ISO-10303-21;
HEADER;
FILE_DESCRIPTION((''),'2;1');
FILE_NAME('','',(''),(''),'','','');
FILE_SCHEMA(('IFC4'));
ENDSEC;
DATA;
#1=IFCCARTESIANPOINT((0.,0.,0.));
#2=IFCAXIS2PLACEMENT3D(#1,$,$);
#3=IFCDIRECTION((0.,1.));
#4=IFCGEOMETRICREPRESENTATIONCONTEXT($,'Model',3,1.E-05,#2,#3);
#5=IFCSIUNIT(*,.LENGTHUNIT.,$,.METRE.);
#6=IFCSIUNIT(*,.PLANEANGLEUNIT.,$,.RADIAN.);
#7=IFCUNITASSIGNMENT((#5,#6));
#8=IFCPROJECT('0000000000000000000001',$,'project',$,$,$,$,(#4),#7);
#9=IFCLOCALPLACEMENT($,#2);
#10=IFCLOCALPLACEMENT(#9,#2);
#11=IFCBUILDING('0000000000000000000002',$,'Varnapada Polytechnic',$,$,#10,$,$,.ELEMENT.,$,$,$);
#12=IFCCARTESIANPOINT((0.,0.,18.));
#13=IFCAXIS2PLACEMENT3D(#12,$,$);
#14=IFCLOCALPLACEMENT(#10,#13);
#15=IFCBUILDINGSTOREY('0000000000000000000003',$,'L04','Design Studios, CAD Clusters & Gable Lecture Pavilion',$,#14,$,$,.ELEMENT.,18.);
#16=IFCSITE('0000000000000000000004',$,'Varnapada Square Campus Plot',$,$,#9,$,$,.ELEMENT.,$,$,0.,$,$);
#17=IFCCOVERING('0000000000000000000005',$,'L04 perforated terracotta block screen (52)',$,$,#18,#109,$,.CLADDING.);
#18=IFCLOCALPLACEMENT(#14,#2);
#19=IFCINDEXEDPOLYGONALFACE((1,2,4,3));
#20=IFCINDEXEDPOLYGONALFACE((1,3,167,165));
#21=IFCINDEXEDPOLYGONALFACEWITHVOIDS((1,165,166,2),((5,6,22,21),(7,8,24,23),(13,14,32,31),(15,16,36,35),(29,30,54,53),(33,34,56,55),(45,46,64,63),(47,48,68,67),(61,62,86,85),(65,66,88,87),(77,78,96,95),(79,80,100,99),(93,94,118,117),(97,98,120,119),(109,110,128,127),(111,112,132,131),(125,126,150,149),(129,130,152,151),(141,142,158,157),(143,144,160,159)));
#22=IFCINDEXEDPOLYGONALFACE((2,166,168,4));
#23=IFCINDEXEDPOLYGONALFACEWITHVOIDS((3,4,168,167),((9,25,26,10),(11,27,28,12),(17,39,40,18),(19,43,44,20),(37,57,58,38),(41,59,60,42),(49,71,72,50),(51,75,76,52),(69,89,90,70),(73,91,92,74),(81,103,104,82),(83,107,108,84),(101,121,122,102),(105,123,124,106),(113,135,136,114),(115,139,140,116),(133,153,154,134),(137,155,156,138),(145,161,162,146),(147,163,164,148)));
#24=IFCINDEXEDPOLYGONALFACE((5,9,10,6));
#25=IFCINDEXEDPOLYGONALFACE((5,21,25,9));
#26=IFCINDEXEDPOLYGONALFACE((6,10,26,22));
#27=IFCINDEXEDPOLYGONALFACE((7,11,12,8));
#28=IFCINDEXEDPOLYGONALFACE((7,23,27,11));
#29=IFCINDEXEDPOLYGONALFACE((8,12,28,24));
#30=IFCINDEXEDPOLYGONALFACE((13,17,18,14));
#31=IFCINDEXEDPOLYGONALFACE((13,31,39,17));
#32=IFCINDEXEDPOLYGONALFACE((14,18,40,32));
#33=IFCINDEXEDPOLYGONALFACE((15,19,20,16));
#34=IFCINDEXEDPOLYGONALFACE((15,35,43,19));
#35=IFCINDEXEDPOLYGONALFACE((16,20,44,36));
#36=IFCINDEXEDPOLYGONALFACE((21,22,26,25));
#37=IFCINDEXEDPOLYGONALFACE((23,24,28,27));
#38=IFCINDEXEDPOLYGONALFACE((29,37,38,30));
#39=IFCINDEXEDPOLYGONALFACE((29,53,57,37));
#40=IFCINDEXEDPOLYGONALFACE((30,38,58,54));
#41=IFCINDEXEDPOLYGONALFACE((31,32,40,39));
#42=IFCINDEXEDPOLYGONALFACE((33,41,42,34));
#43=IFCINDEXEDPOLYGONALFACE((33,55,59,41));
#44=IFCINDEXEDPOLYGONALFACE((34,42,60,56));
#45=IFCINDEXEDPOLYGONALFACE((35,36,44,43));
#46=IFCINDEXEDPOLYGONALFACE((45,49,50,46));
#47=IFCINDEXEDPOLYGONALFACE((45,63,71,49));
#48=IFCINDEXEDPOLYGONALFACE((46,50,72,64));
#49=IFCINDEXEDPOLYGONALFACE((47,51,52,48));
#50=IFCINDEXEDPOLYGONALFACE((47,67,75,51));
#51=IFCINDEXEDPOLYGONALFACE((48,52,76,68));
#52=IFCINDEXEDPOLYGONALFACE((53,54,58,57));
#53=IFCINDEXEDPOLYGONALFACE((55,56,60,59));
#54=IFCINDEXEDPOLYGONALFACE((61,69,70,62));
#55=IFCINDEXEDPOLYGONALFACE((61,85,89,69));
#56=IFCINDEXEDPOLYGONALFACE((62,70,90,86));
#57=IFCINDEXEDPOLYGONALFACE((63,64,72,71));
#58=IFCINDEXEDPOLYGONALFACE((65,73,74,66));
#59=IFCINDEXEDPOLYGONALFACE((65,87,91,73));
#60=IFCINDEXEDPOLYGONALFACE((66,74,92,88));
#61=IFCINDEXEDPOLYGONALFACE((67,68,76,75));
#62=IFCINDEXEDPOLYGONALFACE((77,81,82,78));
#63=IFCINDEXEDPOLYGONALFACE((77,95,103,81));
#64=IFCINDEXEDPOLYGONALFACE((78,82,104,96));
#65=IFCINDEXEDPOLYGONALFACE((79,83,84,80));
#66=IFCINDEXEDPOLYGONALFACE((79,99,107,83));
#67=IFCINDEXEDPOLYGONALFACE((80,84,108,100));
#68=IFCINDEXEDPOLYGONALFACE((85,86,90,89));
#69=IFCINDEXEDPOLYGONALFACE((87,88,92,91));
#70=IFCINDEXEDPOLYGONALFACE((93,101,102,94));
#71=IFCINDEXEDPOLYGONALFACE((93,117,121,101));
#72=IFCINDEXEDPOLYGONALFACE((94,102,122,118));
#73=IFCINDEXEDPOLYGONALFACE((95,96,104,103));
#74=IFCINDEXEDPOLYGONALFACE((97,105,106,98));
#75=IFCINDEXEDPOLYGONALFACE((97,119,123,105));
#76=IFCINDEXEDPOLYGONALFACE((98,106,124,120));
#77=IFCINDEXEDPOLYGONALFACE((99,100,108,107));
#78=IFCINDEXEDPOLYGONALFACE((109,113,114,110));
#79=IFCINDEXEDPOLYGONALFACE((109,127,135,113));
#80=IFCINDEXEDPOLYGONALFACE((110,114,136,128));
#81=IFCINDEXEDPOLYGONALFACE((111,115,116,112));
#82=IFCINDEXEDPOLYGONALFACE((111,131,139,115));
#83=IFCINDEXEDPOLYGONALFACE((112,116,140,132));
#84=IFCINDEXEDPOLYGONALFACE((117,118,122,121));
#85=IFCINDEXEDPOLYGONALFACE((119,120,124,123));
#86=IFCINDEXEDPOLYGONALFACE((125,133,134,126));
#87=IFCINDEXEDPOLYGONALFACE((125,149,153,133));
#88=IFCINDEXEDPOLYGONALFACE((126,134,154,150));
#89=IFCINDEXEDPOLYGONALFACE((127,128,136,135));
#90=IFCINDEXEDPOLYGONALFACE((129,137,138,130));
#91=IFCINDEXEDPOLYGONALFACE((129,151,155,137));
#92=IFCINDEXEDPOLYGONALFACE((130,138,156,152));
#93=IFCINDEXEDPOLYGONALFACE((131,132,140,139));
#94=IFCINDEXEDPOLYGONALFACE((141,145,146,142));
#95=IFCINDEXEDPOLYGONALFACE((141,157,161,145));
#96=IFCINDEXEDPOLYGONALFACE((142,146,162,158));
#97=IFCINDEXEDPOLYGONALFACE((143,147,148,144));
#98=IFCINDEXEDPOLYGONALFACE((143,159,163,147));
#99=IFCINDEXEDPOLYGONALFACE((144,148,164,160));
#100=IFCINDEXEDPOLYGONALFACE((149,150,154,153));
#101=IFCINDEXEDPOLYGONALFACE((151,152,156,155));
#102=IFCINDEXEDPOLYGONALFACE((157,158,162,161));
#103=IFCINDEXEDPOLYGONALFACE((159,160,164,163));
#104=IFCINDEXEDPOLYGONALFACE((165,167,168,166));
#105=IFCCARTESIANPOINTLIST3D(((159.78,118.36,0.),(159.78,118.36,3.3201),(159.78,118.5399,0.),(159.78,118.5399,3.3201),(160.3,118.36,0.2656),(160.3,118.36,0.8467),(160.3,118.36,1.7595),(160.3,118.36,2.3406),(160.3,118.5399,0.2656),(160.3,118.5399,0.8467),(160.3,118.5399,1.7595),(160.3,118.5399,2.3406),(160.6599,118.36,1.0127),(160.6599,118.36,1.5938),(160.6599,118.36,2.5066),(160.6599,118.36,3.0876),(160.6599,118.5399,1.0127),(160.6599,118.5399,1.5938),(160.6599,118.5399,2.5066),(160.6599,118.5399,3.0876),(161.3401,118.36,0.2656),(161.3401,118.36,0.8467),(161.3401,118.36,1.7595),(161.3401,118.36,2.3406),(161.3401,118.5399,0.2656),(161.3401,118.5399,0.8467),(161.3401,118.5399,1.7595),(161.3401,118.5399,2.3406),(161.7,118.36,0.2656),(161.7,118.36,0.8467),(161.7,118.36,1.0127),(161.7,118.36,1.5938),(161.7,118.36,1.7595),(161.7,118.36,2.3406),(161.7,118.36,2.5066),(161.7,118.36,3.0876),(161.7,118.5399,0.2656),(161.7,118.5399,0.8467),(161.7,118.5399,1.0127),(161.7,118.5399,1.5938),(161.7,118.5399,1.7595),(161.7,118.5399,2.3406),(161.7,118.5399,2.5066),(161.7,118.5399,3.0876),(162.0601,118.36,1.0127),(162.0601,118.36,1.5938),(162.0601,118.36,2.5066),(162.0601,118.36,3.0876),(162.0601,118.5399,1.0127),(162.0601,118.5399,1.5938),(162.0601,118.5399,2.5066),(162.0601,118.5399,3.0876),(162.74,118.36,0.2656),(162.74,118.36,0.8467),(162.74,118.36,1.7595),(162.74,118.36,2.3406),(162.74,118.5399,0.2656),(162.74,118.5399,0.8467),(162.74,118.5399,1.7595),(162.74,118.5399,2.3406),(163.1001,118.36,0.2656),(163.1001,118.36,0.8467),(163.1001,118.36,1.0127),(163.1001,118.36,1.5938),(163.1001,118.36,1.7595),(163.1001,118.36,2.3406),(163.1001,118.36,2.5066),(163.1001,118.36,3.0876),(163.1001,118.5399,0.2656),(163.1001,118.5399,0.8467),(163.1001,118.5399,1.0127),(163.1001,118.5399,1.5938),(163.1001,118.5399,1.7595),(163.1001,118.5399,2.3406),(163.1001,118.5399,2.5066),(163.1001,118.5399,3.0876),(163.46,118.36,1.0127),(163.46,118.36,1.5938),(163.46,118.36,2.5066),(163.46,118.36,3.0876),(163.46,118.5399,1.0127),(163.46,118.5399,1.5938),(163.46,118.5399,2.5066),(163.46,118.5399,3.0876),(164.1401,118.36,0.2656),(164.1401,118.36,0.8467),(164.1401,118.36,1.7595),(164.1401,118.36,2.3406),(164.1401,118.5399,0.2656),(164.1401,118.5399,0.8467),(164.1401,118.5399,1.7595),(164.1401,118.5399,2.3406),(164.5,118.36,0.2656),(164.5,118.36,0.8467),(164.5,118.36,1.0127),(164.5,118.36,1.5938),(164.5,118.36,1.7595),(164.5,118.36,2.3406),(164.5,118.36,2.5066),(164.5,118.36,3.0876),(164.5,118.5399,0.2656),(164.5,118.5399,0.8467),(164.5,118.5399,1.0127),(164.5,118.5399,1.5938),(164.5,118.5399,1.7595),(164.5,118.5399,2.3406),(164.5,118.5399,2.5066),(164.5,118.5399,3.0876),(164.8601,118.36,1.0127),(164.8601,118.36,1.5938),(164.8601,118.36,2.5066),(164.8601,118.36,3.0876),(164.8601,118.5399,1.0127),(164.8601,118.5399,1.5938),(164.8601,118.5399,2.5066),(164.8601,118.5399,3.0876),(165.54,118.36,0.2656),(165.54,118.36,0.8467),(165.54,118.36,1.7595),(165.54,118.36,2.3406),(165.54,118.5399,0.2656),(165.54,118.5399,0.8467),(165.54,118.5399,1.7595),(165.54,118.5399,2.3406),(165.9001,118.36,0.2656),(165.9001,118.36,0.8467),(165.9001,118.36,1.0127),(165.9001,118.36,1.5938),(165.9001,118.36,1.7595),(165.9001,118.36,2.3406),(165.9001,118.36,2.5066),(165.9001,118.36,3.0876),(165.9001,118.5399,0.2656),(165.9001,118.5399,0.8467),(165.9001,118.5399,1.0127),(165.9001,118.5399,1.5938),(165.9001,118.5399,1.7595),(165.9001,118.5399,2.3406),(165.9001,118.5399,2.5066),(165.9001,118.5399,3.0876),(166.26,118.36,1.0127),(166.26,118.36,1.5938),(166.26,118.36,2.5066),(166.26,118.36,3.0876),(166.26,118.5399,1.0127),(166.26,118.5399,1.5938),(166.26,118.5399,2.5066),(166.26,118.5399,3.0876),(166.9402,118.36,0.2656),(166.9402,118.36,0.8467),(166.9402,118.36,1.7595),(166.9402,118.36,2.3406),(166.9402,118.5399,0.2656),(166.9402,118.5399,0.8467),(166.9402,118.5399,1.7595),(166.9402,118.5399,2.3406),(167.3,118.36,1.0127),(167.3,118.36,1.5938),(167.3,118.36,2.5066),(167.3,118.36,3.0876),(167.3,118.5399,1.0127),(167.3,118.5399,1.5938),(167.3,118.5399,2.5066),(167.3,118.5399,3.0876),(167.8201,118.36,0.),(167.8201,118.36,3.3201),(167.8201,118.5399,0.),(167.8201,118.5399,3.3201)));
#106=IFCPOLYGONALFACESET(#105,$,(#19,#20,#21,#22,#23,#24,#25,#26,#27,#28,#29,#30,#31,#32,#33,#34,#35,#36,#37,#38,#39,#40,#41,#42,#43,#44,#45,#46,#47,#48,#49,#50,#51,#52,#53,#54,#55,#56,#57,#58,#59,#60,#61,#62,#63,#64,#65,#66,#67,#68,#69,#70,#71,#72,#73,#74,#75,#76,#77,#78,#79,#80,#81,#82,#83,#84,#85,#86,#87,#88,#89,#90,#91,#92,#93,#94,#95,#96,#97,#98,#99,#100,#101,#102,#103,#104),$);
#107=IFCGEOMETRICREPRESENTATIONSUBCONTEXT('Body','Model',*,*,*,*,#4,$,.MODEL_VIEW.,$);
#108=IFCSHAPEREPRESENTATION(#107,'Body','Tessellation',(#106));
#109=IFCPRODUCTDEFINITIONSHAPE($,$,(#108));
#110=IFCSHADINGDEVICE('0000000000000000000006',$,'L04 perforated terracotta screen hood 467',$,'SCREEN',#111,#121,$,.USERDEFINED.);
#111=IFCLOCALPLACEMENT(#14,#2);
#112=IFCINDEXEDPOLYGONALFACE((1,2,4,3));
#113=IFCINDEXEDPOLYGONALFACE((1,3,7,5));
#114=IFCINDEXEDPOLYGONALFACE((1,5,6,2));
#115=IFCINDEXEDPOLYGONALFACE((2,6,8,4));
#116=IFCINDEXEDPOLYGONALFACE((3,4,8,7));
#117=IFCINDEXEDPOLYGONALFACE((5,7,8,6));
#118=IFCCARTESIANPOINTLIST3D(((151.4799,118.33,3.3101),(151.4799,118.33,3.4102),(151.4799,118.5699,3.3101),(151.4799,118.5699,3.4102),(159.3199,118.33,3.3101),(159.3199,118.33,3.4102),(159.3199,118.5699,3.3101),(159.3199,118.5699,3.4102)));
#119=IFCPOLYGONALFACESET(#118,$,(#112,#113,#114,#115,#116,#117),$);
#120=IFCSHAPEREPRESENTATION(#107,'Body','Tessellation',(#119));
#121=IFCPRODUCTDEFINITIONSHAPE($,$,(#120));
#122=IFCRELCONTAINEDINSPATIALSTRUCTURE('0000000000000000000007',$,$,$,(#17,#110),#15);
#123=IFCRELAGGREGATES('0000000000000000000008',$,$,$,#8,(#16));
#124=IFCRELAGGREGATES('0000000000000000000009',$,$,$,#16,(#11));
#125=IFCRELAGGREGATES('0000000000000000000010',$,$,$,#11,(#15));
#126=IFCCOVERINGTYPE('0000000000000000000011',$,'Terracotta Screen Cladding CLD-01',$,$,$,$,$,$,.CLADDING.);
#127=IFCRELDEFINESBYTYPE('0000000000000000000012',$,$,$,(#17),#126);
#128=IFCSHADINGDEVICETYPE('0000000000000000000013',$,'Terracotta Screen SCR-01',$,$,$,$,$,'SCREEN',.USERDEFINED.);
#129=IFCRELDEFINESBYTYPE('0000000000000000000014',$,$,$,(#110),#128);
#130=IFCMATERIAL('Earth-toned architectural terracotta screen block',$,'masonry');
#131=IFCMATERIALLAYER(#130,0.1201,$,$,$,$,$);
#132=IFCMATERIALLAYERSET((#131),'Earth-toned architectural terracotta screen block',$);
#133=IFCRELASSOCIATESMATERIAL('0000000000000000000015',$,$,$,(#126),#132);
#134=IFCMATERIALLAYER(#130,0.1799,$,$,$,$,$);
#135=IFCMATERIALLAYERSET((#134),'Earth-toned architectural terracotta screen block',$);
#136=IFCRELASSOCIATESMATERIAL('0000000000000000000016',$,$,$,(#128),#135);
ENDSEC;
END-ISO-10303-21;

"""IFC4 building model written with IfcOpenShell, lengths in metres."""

from ifc_helpers import new_model, si_unit, direction, frame, frame_2d, origin, origin_2d, place, context, subcontext, project, spatial, rectangle, extrude, material, layer, layer_set, type_object, element, save


model = new_model("IFC4")

# Units and contexts
model_context = context("Model", 3, precision=1e-05, world=origin(), true_north=direction((0.0, 1.0)))
body_context = subcontext(model_context, "Body", "Model", "MODEL_VIEW")
ifc_project = project(units=[si_unit("LENGTHUNIT", "METRE"), si_unit("PLANEANGLEUNIT", "RADIAN")], contexts=[model_context])

# Site, building, storey
site_placement = place(None, origin())
site = spatial("IfcSite", under=ifc_project, at=site_placement, Name="Varnapada Square Campus Plot", CompositionType="ELEMENT", RefElevation=0.0)
building_placement = place(site_placement, origin())
building = spatial("IfcBuilding", under=site, at=building_placement, Name="Varnapada Polytechnic", CompositionType="ELEMENT")
storey_placement = place(building_placement, frame((0.0, 0.0, 18.0)))
storey = spatial("IfcBuildingStorey", under=building, at=storey_placement, Name="L04", Description="Design Studios, CAD Clusters & Gable Lecture Pavilion", CompositionType="ELEMENT", Elevation=18.0)

# Covering, openings
ifc_material_1 = material(Name="Earth-toned architectural terracotta screen block", Category="masonry")
ifc_layer_1 = layer(ifc_material_1, 0.1201)
ifc_layer_set_1 = layer_set([ifc_layer_1], Name="Earth-toned architectural terracotta screen block")
covering_type_1 = type_object("IfcCoveringType", Name="Terracotta Screen Cladding CLD-01", PredefinedType="CLADDING", material=ifc_layer_set_1)
covering_1_placement = place(storey_placement, frame((159.78, 118.45, 0.0), z_axis=(0.0, 0.0, 1.0), x_axis=(1.0, 0.0, 0.0)))
covering_1 = element("IfcCovering", 1, at=covering_1_placement, inside=storey, type_object=covering_type_1, Name="L04 perforated terracotta block screen (52)", PredefinedType="CLADDING", context=body_context, shape_type="SweptSolid", body=[
    extrude(rectangle(XDim=8.04, YDim=0.1799, at=frame_2d((4.02, 0.0))), origin(), (0.0, 0.0, 1.0), 3.3201),
])
opening_1_placement = place(covering_1_placement, frame((0.52, 0.0, 0.2656)))
element("IfcOpeningElement", 2, at=opening_1_placement, cuts=covering_1, PredefinedType="OPENING", context=body_context, shape_type="SweptSolid", body=[
    extrude(rectangle(XDim=1.04, YDim=0.5811, at=frame_2d((0.52, 0.2905))), frame((0.0, 0.0999, 0.0), z_axis=(0.0, -1.0, 0.0), x_axis=(1.0, 0.0, 0.0)), (0.0, 0.0, 1.0), 0.2),
])
opening_2_placement = place(covering_1_placement, frame((1.9199, 0.0, 0.2656)))
element("IfcOpeningElement", 3, at=opening_2_placement, cuts=covering_1, PredefinedType="OPENING", context=body_context, shape_type="SweptSolid", body=[
    extrude(rectangle(XDim=1.04, YDim=0.5811, at=frame_2d((0.52, 0.2905))), frame((0.0, 0.0999, 0.0), z_axis=(0.0, -1.0, 0.0), x_axis=(1.0, 0.0, 0.0)), (0.0, 0.0, 1.0), 0.2),
])
opening_3_placement = place(covering_1_placement, frame((3.3201, 0.0, 0.2656)))
element("IfcOpeningElement", 4, at=opening_3_placement, cuts=covering_1, PredefinedType="OPENING", context=body_context, shape_type="SweptSolid", body=[
    extrude(rectangle(XDim=1.04, YDim=0.5811, at=frame_2d((0.52, 0.2905))), frame((0.0, 0.0999, 0.0), z_axis=(0.0, -1.0, 0.0), x_axis=(1.0, 0.0, 0.0)), (0.0, 0.0, 1.0), 0.2),
])
opening_4_placement = place(covering_1_placement, frame((4.72, 0.0, 0.2656)))
element("IfcOpeningElement", 5, at=opening_4_placement, cuts=covering_1, PredefinedType="OPENING", context=body_context, shape_type="SweptSolid", body=[
    extrude(rectangle(XDim=1.04, YDim=0.5811, at=frame_2d((0.52, 0.2905))), frame((0.0, 0.0999, 0.0), z_axis=(0.0, -1.0, 0.0), x_axis=(1.0, 0.0, 0.0)), (0.0, 0.0, 1.0), 0.2),
])
opening_5_placement = place(covering_1_placement, frame((6.1201, 0.0, 0.2656)))
element("IfcOpeningElement", 6, at=opening_5_placement, cuts=covering_1, PredefinedType="OPENING", context=body_context, shape_type="SweptSolid", body=[
    extrude(rectangle(XDim=1.04, YDim=0.5811, at=frame_2d((0.52, 0.2905))), frame((0.0, 0.0999, 0.0), z_axis=(0.0, -1.0, 0.0), x_axis=(1.0, 0.0, 0.0)), (0.0, 0.0, 1.0), 0.2),
])
opening_6_placement = place(covering_1_placement, frame((0.8799, 0.0, 1.0127)))
element("IfcOpeningElement", 7, at=opening_6_placement, cuts=covering_1, PredefinedType="OPENING", context=body_context, shape_type="SweptSolid", body=[
    extrude(rectangle(XDim=1.04, YDim=0.5811, at=frame_2d((0.52, 0.2905))), frame((0.0, 0.0999, 0.0), z_axis=(0.0, -1.0, 0.0), x_axis=(1.0, 0.0, 0.0)), (0.0, 0.0, 1.0), 0.2),
])
opening_7_placement = place(covering_1_placement, frame((2.28, 0.0, 1.0127)))
element("IfcOpeningElement", 8, at=opening_7_placement, cuts=covering_1, PredefinedType="OPENING", context=body_context, shape_type="SweptSolid", body=[
    extrude(rectangle(XDim=1.04, YDim=0.5811, at=frame_2d((0.52, 0.2905))), frame((0.0, 0.0999, 0.0), z_axis=(0.0, -1.0, 0.0), x_axis=(1.0, 0.0, 0.0)), (0.0, 0.0, 1.0), 0.2),
])
opening_8_placement = place(covering_1_placement, frame((3.6799, 0.0, 1.0127)))
element("IfcOpeningElement", 9, at=opening_8_placement, cuts=covering_1, PredefinedType="OPENING", context=body_context, shape_type="SweptSolid", body=[
    extrude(rectangle(XDim=1.04, YDim=0.5811, at=frame_2d((0.52, 0.2905))), frame((0.0, 0.0999, 0.0), z_axis=(0.0, -1.0, 0.0), x_axis=(1.0, 0.0, 0.0)), (0.0, 0.0, 1.0), 0.2),
])
opening_9_placement = place(covering_1_placement, frame((5.0801, 0.0, 1.0127)))
element("IfcOpeningElement", 10, at=opening_9_placement, cuts=covering_1, PredefinedType="OPENING", context=body_context, shape_type="SweptSolid", body=[
    extrude(rectangle(XDim=1.04, YDim=0.5811, at=frame_2d((0.52, 0.2905))), frame((0.0, 0.0999, 0.0), z_axis=(0.0, -1.0, 0.0), x_axis=(1.0, 0.0, 0.0)), (0.0, 0.0, 1.0), 0.2),
])
opening_10_placement = place(covering_1_placement, frame((6.48, 0.0, 1.0127)))
element("IfcOpeningElement", 11, at=opening_10_placement, cuts=covering_1, PredefinedType="OPENING", context=body_context, shape_type="SweptSolid", body=[
    extrude(rectangle(XDim=1.04, YDim=0.5811, at=frame_2d((0.52, 0.2905))), frame((0.0, 0.0999, 0.0), z_axis=(0.0, -1.0, 0.0), x_axis=(1.0, 0.0, 0.0)), (0.0, 0.0, 1.0), 0.2),
])
opening_11_placement = place(covering_1_placement, frame((0.52, 0.0, 1.7595)))
element("IfcOpeningElement", 12, at=opening_11_placement, cuts=covering_1, PredefinedType="OPENING", context=body_context, shape_type="SweptSolid", body=[
    extrude(rectangle(XDim=1.04, YDim=0.5811, at=frame_2d((0.52, 0.2905))), frame((0.0, 0.0999, 0.0), z_axis=(0.0, -1.0, 0.0), x_axis=(1.0, 0.0, 0.0)), (0.0, 0.0, 1.0), 0.2),
])
opening_12_placement = place(covering_1_placement, frame((1.9199, 0.0, 1.7595)))
element("IfcOpeningElement", 13, at=opening_12_placement, cuts=covering_1, PredefinedType="OPENING", context=body_context, shape_type="SweptSolid", body=[
    extrude(rectangle(XDim=1.04, YDim=0.5811, at=frame_2d((0.52, 0.2905))), frame((0.0, 0.0999, 0.0), z_axis=(0.0, -1.0, 0.0), x_axis=(1.0, 0.0, 0.0)), (0.0, 0.0, 1.0), 0.2),
])
opening_13_placement = place(covering_1_placement, frame((3.3201, 0.0, 1.7595)))
element("IfcOpeningElement", 14, at=opening_13_placement, cuts=covering_1, PredefinedType="OPENING", context=body_context, shape_type="SweptSolid", body=[
    extrude(rectangle(XDim=1.04, YDim=0.5811, at=frame_2d((0.52, 0.2905))), frame((0.0, 0.0999, 0.0), z_axis=(0.0, -1.0, 0.0), x_axis=(1.0, 0.0, 0.0)), (0.0, 0.0, 1.0), 0.2),
])
opening_14_placement = place(covering_1_placement, frame((4.72, 0.0, 1.7595)))
element("IfcOpeningElement", 15, at=opening_14_placement, cuts=covering_1, PredefinedType="OPENING", context=body_context, shape_type="SweptSolid", body=[
    extrude(rectangle(XDim=1.04, YDim=0.5811, at=frame_2d((0.52, 0.2905))), frame((0.0, 0.0999, 0.0), z_axis=(0.0, -1.0, 0.0), x_axis=(1.0, 0.0, 0.0)), (0.0, 0.0, 1.0), 0.2),
])
opening_15_placement = place(covering_1_placement, frame((6.1201, 0.0, 1.7595)))
element("IfcOpeningElement", 16, at=opening_15_placement, cuts=covering_1, PredefinedType="OPENING", context=body_context, shape_type="SweptSolid", body=[
    extrude(rectangle(XDim=1.04, YDim=0.5811, at=frame_2d((0.52, 0.2905))), frame((0.0, 0.0999, 0.0), z_axis=(0.0, -1.0, 0.0), x_axis=(1.0, 0.0, 0.0)), (0.0, 0.0, 1.0), 0.2),
])
opening_16_placement = place(covering_1_placement, frame((0.8799, 0.0, 2.5066)))
element("IfcOpeningElement", 17, at=opening_16_placement, cuts=covering_1, PredefinedType="OPENING", context=body_context, shape_type="SweptSolid", body=[
    extrude(rectangle(XDim=1.04, YDim=0.5811, at=frame_2d((0.52, 0.2905))), frame((0.0, 0.0999, 0.0), z_axis=(0.0, -1.0, 0.0), x_axis=(1.0, 0.0, 0.0)), (0.0, 0.0, 1.0), 0.2),
])
opening_17_placement = place(covering_1_placement, frame((2.28, 0.0, 2.5066)))
element("IfcOpeningElement", 18, at=opening_17_placement, cuts=covering_1, PredefinedType="OPENING", context=body_context, shape_type="SweptSolid", body=[
    extrude(rectangle(XDim=1.04, YDim=0.5811, at=frame_2d((0.52, 0.2905))), frame((0.0, 0.0999, 0.0), z_axis=(0.0, -1.0, 0.0), x_axis=(1.0, 0.0, 0.0)), (0.0, 0.0, 1.0), 0.2),
])
opening_18_placement = place(covering_1_placement, frame((3.6799, 0.0, 2.5066)))
element("IfcOpeningElement", 19, at=opening_18_placement, cuts=covering_1, PredefinedType="OPENING", context=body_context, shape_type="SweptSolid", body=[
    extrude(rectangle(XDim=1.04, YDim=0.5811, at=frame_2d((0.52, 0.2905))), frame((0.0, 0.0999, 0.0), z_axis=(0.0, -1.0, 0.0), x_axis=(1.0, 0.0, 0.0)), (0.0, 0.0, 1.0), 0.2),
])
opening_19_placement = place(covering_1_placement, frame((5.0801, 0.0, 2.5066)))
element("IfcOpeningElement", 20, at=opening_19_placement, cuts=covering_1, PredefinedType="OPENING", context=body_context, shape_type="SweptSolid", body=[
    extrude(rectangle(XDim=1.04, YDim=0.5811, at=frame_2d((0.52, 0.2905))), frame((0.0, 0.0999, 0.0), z_axis=(0.0, -1.0, 0.0), x_axis=(1.0, 0.0, 0.0)), (0.0, 0.0, 1.0), 0.2),
])
opening_20_placement = place(covering_1_placement, frame((6.48, 0.0, 2.5066)))
element("IfcOpeningElement", 21, at=opening_20_placement, cuts=covering_1, PredefinedType="OPENING", context=body_context, shape_type="SweptSolid", body=[
    extrude(rectangle(XDim=1.04, YDim=0.5811, at=frame_2d((0.52, 0.2905))), frame((0.0, 0.0999, 0.0), z_axis=(0.0, -1.0, 0.0), x_axis=(1.0, 0.0, 0.0)), (0.0, 0.0, 1.0), 0.2),
])

# Shading device
ifc_layer_2 = layer(ifc_material_1, 0.1799)
ifc_layer_set_2 = layer_set([ifc_layer_2], Name="Earth-toned architectural terracotta screen block")
shading_device_type_1 = type_object("IfcShadingDeviceType", Name="Terracotta Screen SCR-01", ElementType="SCREEN", PredefinedType="USERDEFINED", material=ifc_layer_set_2)
for number, where, z_axis, x_axis, name in (
    (22, (155.3999, 118.45, 3.3101), (0.0, 0.0, 1.0), (1.0, 0.0, 0.0), "L04 perforated terracotta screen hood 467"),
):
    element("IfcShadingDevice", number, at=place(storey_placement, frame(where, z_axis=z_axis, x_axis=x_axis)), inside=storey, type_object=shading_device_type_1, Name=name, ObjectType="SCREEN", PredefinedType="USERDEFINED", context=body_context, shape_type="SweptSolid", body=[
        extrude(rectangle(XDim=7.8401, YDim=0.24, at=origin_2d()), origin(), (0.0, 0.0, 1.0), 0.1001),
    ])

save(model, "model.ifc")
